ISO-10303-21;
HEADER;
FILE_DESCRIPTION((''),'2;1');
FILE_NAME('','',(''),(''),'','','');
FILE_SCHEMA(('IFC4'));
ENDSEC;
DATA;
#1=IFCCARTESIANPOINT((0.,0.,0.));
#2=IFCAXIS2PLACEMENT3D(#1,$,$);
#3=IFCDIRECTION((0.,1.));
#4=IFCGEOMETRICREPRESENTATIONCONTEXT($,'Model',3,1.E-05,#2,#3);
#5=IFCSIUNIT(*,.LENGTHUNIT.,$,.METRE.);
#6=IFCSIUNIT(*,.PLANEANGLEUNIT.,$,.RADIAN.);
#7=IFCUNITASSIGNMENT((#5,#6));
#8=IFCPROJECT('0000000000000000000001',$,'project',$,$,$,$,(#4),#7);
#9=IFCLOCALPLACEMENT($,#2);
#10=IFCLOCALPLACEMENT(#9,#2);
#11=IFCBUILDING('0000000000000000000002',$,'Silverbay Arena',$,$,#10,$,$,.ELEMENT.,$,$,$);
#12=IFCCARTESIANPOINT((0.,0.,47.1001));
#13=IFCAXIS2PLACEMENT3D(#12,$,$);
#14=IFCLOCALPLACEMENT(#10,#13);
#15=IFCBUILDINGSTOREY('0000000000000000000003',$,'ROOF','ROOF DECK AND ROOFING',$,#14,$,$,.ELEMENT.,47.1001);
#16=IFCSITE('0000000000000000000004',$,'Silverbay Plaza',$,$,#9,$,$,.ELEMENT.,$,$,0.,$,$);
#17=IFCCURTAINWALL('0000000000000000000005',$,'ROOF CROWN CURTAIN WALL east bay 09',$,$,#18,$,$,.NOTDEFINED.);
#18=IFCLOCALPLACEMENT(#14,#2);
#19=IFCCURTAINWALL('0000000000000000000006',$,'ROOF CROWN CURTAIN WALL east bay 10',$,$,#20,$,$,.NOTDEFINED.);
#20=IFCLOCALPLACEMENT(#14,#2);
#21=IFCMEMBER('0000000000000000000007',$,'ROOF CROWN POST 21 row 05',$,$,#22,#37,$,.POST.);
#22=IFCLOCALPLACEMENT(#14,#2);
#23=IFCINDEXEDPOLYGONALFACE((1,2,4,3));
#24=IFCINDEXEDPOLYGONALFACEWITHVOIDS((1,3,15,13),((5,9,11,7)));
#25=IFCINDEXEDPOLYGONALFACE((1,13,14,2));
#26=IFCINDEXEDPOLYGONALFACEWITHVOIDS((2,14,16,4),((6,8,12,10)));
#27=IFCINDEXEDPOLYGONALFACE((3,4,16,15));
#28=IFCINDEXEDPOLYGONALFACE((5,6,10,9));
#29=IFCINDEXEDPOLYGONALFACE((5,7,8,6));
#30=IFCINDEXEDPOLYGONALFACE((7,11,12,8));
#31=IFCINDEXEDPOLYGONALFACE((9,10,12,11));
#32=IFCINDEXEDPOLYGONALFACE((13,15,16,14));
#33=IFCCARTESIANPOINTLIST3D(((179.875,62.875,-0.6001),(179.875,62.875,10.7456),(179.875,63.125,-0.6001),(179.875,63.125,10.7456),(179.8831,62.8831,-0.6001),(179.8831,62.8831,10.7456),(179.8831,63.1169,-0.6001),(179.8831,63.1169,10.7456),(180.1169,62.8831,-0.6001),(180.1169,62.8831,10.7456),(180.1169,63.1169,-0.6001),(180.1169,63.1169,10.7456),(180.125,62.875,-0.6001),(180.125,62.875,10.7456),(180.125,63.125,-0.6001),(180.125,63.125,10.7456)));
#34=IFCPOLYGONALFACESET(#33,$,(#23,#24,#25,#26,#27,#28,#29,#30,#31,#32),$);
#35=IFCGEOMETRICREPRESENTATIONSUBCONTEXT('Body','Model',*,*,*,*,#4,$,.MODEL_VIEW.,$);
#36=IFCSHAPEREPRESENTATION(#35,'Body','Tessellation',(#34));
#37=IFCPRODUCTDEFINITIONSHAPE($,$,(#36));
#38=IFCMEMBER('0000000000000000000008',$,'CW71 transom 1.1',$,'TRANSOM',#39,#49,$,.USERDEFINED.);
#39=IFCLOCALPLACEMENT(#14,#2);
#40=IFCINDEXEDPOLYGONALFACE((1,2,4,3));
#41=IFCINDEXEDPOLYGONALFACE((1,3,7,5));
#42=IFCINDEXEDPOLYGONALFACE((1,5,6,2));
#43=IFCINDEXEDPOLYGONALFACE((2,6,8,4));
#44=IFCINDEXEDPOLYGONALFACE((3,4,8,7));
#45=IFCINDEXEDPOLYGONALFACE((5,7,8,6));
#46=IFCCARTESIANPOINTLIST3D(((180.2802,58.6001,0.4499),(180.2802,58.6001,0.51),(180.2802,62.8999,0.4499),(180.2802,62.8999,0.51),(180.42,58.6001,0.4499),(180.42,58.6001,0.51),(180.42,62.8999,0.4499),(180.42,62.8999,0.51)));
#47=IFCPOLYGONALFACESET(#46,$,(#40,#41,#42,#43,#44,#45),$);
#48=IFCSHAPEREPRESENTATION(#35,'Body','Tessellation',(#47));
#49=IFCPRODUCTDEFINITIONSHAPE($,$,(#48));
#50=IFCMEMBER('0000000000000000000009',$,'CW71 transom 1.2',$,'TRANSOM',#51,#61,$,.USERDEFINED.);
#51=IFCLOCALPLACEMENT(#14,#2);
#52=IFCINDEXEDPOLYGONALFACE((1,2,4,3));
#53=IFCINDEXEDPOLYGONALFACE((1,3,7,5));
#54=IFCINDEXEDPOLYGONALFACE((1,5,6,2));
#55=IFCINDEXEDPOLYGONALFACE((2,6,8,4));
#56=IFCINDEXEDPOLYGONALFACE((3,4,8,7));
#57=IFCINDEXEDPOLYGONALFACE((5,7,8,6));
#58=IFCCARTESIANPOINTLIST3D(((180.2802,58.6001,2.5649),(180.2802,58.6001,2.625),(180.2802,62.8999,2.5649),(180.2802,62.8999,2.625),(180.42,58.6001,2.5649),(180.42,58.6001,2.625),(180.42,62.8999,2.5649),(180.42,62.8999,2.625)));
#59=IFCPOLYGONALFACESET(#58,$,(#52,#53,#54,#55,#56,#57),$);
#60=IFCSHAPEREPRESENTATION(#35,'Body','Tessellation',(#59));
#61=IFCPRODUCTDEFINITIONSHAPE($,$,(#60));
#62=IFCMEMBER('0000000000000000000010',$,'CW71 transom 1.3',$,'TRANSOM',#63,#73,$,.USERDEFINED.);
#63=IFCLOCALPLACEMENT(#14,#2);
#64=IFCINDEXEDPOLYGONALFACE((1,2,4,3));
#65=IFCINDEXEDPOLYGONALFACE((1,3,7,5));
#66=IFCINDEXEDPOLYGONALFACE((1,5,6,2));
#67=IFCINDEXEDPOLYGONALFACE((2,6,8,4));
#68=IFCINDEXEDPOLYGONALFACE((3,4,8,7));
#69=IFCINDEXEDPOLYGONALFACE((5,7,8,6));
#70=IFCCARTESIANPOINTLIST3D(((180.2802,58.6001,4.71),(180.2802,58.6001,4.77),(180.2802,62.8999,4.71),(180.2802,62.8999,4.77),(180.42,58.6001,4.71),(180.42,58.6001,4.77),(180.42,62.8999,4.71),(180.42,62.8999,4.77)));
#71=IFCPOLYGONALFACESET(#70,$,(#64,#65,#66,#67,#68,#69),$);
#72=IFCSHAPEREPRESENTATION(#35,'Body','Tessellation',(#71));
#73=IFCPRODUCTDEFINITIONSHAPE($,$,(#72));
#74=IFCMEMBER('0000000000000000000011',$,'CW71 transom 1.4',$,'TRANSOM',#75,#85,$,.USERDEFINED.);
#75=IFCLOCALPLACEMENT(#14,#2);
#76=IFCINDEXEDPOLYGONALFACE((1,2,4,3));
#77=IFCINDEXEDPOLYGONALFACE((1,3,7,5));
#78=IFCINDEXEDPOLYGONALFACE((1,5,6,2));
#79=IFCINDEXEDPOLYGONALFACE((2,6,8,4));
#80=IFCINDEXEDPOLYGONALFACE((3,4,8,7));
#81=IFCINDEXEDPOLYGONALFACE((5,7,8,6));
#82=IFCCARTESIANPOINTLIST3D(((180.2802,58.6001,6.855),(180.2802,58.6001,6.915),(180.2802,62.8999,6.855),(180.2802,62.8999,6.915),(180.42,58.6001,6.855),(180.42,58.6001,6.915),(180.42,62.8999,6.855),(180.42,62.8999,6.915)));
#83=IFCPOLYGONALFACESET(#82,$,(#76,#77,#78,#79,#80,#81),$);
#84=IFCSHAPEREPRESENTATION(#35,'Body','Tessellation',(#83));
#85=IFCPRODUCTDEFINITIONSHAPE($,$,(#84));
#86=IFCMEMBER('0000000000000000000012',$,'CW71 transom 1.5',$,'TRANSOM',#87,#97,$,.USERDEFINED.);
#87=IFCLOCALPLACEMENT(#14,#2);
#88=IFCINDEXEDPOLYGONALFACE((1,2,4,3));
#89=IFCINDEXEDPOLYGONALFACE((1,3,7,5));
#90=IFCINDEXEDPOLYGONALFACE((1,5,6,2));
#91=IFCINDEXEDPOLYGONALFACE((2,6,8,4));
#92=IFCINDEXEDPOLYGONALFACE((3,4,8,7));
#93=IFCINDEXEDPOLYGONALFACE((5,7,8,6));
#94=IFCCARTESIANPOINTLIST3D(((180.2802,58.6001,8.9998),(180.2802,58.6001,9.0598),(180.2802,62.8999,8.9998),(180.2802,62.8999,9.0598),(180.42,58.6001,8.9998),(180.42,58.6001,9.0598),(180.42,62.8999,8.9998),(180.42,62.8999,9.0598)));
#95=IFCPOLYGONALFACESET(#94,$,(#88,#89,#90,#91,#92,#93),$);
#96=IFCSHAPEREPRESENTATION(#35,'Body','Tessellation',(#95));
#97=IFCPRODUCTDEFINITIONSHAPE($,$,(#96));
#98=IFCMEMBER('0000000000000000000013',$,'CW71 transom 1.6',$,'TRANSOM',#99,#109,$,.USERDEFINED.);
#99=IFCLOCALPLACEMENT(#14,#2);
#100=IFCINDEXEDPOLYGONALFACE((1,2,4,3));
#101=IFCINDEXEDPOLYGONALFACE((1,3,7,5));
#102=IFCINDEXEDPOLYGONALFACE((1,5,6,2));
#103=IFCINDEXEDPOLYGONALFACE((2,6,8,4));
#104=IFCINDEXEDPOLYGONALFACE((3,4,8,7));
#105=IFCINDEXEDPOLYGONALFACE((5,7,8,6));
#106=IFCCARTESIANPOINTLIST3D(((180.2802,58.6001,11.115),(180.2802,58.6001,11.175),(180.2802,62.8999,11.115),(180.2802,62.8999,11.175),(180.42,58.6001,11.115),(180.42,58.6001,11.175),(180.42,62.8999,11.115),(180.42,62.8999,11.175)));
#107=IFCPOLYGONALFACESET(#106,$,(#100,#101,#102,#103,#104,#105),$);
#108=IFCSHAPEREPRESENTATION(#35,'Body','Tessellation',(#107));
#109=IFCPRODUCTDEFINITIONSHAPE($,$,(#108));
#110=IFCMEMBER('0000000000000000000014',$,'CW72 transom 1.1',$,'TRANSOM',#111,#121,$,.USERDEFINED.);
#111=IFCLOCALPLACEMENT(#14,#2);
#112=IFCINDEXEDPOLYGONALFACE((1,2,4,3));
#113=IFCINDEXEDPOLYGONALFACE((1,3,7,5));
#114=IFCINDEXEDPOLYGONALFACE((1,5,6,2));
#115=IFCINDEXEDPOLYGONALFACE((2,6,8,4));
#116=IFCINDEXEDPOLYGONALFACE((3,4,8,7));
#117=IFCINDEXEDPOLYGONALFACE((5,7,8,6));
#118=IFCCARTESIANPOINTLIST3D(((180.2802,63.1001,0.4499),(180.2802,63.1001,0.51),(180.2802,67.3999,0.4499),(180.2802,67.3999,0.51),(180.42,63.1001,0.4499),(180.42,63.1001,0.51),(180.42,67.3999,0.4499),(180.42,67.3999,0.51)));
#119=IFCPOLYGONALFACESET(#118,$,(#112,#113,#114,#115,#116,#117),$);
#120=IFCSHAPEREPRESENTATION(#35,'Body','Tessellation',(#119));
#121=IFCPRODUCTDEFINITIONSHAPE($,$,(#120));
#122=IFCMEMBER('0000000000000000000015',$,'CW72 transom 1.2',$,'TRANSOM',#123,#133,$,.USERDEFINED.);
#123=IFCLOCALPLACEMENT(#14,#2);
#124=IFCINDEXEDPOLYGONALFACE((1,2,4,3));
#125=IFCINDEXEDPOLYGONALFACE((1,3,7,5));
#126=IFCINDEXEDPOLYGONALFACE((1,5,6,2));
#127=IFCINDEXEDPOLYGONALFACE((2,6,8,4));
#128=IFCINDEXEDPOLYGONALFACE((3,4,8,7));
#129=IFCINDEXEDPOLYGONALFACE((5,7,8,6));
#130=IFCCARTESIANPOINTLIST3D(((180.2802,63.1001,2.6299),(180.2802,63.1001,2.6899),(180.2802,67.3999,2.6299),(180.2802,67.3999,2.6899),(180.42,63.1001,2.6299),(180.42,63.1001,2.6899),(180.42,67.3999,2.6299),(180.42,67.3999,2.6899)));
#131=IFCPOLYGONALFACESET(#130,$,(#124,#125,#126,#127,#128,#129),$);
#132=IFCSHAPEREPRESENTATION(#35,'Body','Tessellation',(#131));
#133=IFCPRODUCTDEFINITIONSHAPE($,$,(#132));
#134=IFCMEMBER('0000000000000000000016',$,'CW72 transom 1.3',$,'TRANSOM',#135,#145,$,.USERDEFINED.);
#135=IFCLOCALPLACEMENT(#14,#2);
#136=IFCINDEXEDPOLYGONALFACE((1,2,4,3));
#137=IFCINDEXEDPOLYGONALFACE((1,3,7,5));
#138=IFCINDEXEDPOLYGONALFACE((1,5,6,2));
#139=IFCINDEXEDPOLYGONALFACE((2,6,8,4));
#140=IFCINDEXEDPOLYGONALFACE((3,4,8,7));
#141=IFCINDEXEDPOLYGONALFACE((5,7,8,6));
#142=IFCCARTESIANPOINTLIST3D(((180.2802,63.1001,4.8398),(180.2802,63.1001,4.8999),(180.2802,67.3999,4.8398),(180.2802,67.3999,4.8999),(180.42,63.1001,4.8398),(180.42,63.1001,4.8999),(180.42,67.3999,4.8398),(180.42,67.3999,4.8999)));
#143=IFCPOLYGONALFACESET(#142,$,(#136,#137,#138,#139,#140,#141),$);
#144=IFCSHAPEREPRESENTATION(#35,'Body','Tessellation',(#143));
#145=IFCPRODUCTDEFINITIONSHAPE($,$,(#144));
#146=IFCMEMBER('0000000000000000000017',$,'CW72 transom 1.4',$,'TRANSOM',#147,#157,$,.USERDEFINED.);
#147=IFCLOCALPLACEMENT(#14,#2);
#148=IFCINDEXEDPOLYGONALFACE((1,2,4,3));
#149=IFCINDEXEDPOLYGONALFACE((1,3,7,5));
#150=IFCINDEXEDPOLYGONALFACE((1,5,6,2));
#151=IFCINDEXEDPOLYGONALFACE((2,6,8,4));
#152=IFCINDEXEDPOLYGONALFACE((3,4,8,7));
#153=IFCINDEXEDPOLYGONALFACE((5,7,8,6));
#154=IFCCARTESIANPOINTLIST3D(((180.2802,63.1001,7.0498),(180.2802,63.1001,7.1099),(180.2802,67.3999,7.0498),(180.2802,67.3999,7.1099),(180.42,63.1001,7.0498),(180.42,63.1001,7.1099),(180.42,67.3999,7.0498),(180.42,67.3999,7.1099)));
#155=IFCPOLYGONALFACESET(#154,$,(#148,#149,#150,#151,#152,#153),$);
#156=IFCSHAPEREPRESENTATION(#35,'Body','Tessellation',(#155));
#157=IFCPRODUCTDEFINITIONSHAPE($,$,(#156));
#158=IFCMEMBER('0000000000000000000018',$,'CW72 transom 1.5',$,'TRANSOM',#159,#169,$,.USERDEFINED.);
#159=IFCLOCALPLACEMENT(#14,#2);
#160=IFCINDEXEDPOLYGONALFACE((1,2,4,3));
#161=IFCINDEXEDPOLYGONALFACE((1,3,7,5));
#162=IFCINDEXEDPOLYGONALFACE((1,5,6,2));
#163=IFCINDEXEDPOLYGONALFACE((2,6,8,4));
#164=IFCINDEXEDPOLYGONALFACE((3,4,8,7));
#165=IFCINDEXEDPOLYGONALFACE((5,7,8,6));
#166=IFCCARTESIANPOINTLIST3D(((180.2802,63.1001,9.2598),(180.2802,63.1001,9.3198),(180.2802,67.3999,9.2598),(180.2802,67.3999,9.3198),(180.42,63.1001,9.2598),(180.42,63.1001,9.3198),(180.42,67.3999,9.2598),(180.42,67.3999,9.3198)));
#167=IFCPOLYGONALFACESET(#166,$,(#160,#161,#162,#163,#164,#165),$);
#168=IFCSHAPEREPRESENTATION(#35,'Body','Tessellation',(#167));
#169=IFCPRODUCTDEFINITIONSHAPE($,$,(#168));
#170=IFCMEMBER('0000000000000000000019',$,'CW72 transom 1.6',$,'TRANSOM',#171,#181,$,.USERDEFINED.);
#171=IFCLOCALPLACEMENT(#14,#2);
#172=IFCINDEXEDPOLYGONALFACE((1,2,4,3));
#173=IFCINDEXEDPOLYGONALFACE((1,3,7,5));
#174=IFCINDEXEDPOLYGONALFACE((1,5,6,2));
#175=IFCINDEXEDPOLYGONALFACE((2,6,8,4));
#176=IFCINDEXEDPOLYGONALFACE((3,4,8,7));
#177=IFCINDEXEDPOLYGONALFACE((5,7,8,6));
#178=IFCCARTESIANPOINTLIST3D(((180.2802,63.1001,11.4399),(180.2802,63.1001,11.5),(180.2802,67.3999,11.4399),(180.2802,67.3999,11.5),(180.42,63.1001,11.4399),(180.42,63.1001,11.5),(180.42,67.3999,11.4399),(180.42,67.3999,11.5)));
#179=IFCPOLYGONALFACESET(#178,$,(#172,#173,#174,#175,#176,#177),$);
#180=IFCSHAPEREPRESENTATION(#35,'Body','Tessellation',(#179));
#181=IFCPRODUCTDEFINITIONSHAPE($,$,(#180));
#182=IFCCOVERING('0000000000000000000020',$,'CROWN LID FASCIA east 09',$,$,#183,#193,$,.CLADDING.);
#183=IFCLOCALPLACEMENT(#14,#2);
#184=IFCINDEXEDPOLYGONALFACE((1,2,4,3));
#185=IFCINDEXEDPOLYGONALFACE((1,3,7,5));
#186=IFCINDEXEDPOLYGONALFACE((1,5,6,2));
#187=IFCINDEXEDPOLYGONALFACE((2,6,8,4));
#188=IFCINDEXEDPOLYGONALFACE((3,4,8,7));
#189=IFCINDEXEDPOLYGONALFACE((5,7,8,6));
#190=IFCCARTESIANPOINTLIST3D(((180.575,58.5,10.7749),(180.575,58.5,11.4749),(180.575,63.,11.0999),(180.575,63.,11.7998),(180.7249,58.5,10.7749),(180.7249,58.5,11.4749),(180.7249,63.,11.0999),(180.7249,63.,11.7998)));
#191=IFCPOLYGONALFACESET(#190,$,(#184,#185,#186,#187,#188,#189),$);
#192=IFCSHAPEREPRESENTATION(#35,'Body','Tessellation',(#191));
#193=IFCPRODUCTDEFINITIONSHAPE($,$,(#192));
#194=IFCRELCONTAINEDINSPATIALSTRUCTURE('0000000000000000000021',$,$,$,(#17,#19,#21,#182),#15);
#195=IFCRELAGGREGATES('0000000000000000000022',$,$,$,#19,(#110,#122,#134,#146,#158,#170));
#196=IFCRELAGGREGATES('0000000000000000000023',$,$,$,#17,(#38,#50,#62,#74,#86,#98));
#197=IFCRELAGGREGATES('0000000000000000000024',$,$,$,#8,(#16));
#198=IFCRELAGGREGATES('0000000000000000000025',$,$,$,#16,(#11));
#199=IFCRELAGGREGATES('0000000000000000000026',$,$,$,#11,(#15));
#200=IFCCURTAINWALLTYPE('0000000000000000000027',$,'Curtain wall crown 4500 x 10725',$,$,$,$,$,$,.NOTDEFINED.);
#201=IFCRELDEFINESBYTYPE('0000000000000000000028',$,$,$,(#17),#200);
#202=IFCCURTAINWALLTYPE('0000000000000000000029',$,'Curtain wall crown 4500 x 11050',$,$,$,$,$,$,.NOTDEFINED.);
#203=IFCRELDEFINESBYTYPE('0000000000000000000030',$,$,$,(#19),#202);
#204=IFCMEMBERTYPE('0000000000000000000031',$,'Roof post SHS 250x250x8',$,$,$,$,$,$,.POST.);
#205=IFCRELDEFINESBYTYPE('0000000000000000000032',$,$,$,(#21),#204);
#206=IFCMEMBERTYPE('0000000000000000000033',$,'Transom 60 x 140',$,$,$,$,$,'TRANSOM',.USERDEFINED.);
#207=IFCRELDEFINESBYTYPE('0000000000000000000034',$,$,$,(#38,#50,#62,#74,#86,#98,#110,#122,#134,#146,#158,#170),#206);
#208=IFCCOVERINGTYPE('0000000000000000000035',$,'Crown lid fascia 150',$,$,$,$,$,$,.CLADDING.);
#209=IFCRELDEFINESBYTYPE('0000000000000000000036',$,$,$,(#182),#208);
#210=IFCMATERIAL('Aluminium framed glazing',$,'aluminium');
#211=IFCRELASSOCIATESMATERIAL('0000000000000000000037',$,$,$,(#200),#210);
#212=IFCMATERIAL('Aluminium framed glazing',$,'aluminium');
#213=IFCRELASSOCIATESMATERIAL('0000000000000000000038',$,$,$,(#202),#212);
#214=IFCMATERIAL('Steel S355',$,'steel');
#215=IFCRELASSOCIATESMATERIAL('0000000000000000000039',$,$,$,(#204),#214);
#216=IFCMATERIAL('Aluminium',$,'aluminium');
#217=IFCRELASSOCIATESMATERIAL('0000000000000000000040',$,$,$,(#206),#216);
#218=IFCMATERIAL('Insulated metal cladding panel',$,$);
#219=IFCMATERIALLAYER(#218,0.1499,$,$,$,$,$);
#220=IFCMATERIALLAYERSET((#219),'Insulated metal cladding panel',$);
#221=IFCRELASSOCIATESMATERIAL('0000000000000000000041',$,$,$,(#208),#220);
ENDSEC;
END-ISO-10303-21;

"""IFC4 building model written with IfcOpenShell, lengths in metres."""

from ifc_helpers import new_model, si_unit, direction, frame, origin, origin_2d, place, context, subcontext, project, spatial, polyline, rectangle, hollow_rectangle, outline, extrude, material, layer, layer_set, material_profile, profile_set, type_object, element, aggregate, save


model = new_model("IFC4")

# Units and contexts
model_context = context("Model", 3, precision=1e-05, world=origin(), true_north=direction((0.0, 1.0)))
body_context = subcontext(model_context, "Body", "Model", "MODEL_VIEW")
ifc_project = project(units=[si_unit("LENGTHUNIT", "METRE"), si_unit("PLANEANGLEUNIT", "RADIAN")], contexts=[model_context])

# Site, building, storey
site_placement = place(None, origin())
site = spatial("IfcSite", under=ifc_project, at=site_placement, Name="Silverbay Plaza", CompositionType="ELEMENT", RefElevation=0.0)
building_placement = place(site_placement, origin())
building = spatial("IfcBuilding", under=site, at=building_placement, Name="Silverbay Arena", CompositionType="ELEMENT")
storey_placement = place(building_placement, frame((0.0, 0.0, 47.1001)))
storey = spatial("IfcBuildingStorey", under=building, at=storey_placement, Name="ROOF", Description="ROOF DECK AND ROOFING", CompositionType="ELEMENT", Elevation=47.1001)

# Shared definitions
placement = place(building_placement, frame((0.0, 0.0, 33.5)))

# Curtain wall
ifc_material_1 = material(Name="Aluminium framed glazing", Category="aluminium")
curtain_wall_type_1 = type_object("IfcCurtainWallType", Name="Curtain wall crown 4500 x 10725", PredefinedType="NOTDEFINED", material=ifc_material_1)
curtain_wall_1_placement = place(storey_placement, origin())
curtain_wall_1 = element("IfcCurtainWall", 1, at=curtain_wall_1_placement, inside=storey, type_object=curtain_wall_type_1, Name="ROOF CROWN CURTAIN WALL east bay 09", PredefinedType="NOTDEFINED")

# Curtain wall
ifc_material_2 = material(Name="Aluminium framed glazing", Category="aluminium")
curtain_wall_type_2 = type_object("IfcCurtainWallType", Name="Curtain wall crown 4500 x 11050", PredefinedType="NOTDEFINED", material=ifc_material_2)
curtain_wall_2_placement = place(storey_placement, origin())
curtain_wall_2 = element("IfcCurtainWall", 2, at=curtain_wall_2_placement, inside=storey, type_object=curtain_wall_type_2, Name="ROOF CROWN CURTAIN WALL east bay 10", PredefinedType="NOTDEFINED")

# Member
ifc_material_3 = material(Name="Steel S355", Category="steel")
ifc_material_profile_1 = material_profile(ifc_material_3, hollow_rectangle(XDim=0.25, YDim=0.25, WallThickness=0.0081, at=origin_2d()), Name="SHS 250x250x8")
ifc_profile_set_1 = profile_set([ifc_material_profile_1], Name="Steel S355")
member_type_1 = type_object("IfcMemberType", Name="Roof post SHS 250x250x8", PredefinedType="POST", material=ifc_profile_set_1)
member_1_placement = place(storey_placement, frame((180.0, 63.0, -0.6001), z_axis=(0.0, 0.0, 1.0), x_axis=(1.0, 0.0, 0.0)))
element("IfcMember", 3, at=member_1_placement, inside=storey, type_object=member_type_1, Name="ROOF CROWN POST 21 row 05", PredefinedType="POST", context=body_context, shape_type="SweptSolid", body=[
    extrude(hollow_rectangle(XDim=0.25, YDim=0.25, WallThickness=0.0081, at=origin_2d()), origin(), (0.0, 0.0, 1.0), 11.3457),
])

# Members
ifc_material_4 = material(Name="Aluminium", Category="aluminium")
ifc_material_profile_2 = material_profile(ifc_material_4, rectangle(XDim=0.1399, YDim=0.0601, at=origin_2d()), Name="Transom 60 x 140")
ifc_profile_set_2 = profile_set([ifc_material_profile_2], Name="Aluminium")
member_type_2 = type_object("IfcMemberType", Name="Transom 60 x 140", ElementType="TRANSOM", PredefinedType="USERDEFINED", material=ifc_profile_set_2)
member_2_placement = place(placement, frame((180.3501, 58.6001, 14.0801), z_axis=(0.0, 1.0, 0.0), x_axis=(-1.0, 0.0, 0.0)))
member_2 = element("IfcMember", 4, at=member_2_placement, type_object=member_type_2, Name="CW71 transom 1.1", ObjectType="TRANSOM", PredefinedType="USERDEFINED", context=body_context, shape_type="SweptSolid", body=[
    extrude(rectangle(XDim=0.1399, YDim=0.0601, at=origin_2d()), origin(), (0.0, 0.0, 1.0), 4.2998),
])
member_3_placement = place(placement, frame((180.3501, 58.6001, 16.1951), z_axis=(0.0, 1.0, 0.0), x_axis=(-1.0, 0.0, 0.0)))
member_3 = element("IfcMember", 5, at=member_3_placement, type_object=member_type_2, Name="CW71 transom 1.2", ObjectType="TRANSOM", PredefinedType="USERDEFINED", context=body_context, shape_type="SweptSolid", body=[
    extrude(rectangle(XDim=0.1399, YDim=0.0601, at=origin_2d()), origin(), (0.0, 0.0, 1.0), 4.2998),
])
member_4_placement = place(placement, frame((180.3501, 58.6001, 18.3401), z_axis=(0.0, 1.0, 0.0), x_axis=(-1.0, 0.0, 0.0)))
member_4 = element("IfcMember", 6, at=member_4_placement, type_object=member_type_2, Name="CW71 transom 1.3", ObjectType="TRANSOM", PredefinedType="USERDEFINED", context=body_context, shape_type="SweptSolid", body=[
    extrude(rectangle(XDim=0.1399, YDim=0.0601, at=origin_2d()), origin(), (0.0, 0.0, 1.0), 4.2998),
])
member_5_placement = place(placement, frame((180.3501, 58.6001, 20.4851), z_axis=(0.0, 1.0, 0.0), x_axis=(-1.0, 0.0, 0.0)))
member_5 = element("IfcMember", 7, at=member_5_placement, type_object=member_type_2, Name="CW71 transom 1.4", ObjectType="TRANSOM", PredefinedType="USERDEFINED", context=body_context, shape_type="SweptSolid", body=[
    extrude(rectangle(XDim=0.1399, YDim=0.0601, at=origin_2d()), origin(), (0.0, 0.0, 1.0), 4.2998),
])
member_6_placement = place(placement, frame((180.3501, 58.6001, 22.6299), z_axis=(0.0, 1.0, 0.0), x_axis=(-1.0, 0.0, 0.0)))
member_6 = element("IfcMember", 8, at=member_6_placement, type_object=member_type_2, Name="CW71 transom 1.5", ObjectType="TRANSOM", PredefinedType="USERDEFINED", context=body_context, shape_type="SweptSolid", body=[
    extrude(rectangle(XDim=0.1399, YDim=0.0601, at=origin_2d()), origin(), (0.0, 0.0, 1.0), 4.2998),
])
member_7_placement = place(placement, frame((180.3501, 58.6001, 24.7451), z_axis=(0.0, 1.0, 0.0), x_axis=(-1.0, 0.0, 0.0)))
member_7 = element("IfcMember", 9, at=member_7_placement, type_object=member_type_2, Name="CW71 transom 1.6", ObjectType="TRANSOM", PredefinedType="USERDEFINED", context=body_context, shape_type="SweptSolid", body=[
    extrude(rectangle(XDim=0.1399, YDim=0.0601, at=origin_2d()), origin(), (0.0, 0.0, 1.0), 4.2998),
])
member_8_placement = place(placement, frame((180.3501, 63.1001, 14.0801), z_axis=(0.0, 1.0, 0.0), x_axis=(-1.0, 0.0, 0.0)))
member_8 = element("IfcMember", 10, at=member_8_placement, type_object=member_type_2, Name="CW72 transom 1.1", ObjectType="TRANSOM", PredefinedType="USERDEFINED", context=body_context, shape_type="SweptSolid", body=[
    extrude(rectangle(XDim=0.1399, YDim=0.0601, at=origin_2d()), origin(), (0.0, 0.0, 1.0), 4.2998),
])
member_9_placement = place(placement, frame((180.3501, 63.1001, 16.26), z_axis=(0.0, 1.0, 0.0), x_axis=(-1.0, 0.0, 0.0)))
member_9 = element("IfcMember", 11, at=member_9_placement, type_object=member_type_2, Name="CW72 transom 1.2", ObjectType="TRANSOM", PredefinedType="USERDEFINED", context=body_context, shape_type="SweptSolid", body=[
    extrude(rectangle(XDim=0.1399, YDim=0.0601, at=origin_2d()), origin(), (0.0, 0.0, 1.0), 4.2998),
])
member_10_placement = place(placement, frame((180.3501, 63.1001, 18.47), z_axis=(0.0, 1.0, 0.0), x_axis=(-1.0, 0.0, 0.0)))
member_10 = element("IfcMember", 12, at=member_10_placement, type_object=member_type_2, Name="CW72 transom 1.3", ObjectType="TRANSOM", PredefinedType="USERDEFINED", context=body_context, shape_type="SweptSolid", body=[
    extrude(rectangle(XDim=0.1399, YDim=0.0601, at=origin_2d()), origin(), (0.0, 0.0, 1.0), 4.2998),
])
member_11_placement = place(placement, frame((180.3501, 63.1001, 20.6799), z_axis=(0.0, 1.0, 0.0), x_axis=(-1.0, 0.0, 0.0)))
member_11 = element("IfcMember", 13, at=member_11_placement, type_object=member_type_2, Name="CW72 transom 1.4", ObjectType="TRANSOM", PredefinedType="USERDEFINED", context=body_context, shape_type="SweptSolid", body=[
    extrude(rectangle(XDim=0.1399, YDim=0.0601, at=origin_2d()), origin(), (0.0, 0.0, 1.0), 4.2998),
])
member_12_placement = place(placement, frame((180.3501, 63.1001, 22.8899), z_axis=(0.0, 1.0, 0.0), x_axis=(-1.0, 0.0, 0.0)))
member_12 = element("IfcMember", 14, at=member_12_placement, type_object=member_type_2, Name="CW72 transom 1.5", ObjectType="TRANSOM", PredefinedType="USERDEFINED", context=body_context, shape_type="SweptSolid", body=[
    extrude(rectangle(XDim=0.1399, YDim=0.0601, at=origin_2d()), origin(), (0.0, 0.0, 1.0), 4.2998),
])
member_13_placement = place(placement, frame((180.3501, 63.1001, 25.0701), z_axis=(0.0, 1.0, 0.0), x_axis=(-1.0, 0.0, 0.0)))
member_13 = element("IfcMember", 15, at=member_13_placement, type_object=member_type_2, Name="CW72 transom 1.6", ObjectType="TRANSOM", PredefinedType="USERDEFINED", context=body_context, shape_type="SweptSolid", body=[
    extrude(rectangle(XDim=0.1399, YDim=0.0601, at=origin_2d()), origin(), (0.0, 0.0, 1.0), 4.2998),
])
aggregate(curtain_wall_2, [member_8, member_9, member_10, member_11, member_12, member_13])

aggregate(curtain_wall_1, [member_2, member_3, member_4, member_5, member_6, member_7])

# Covering
ifc_material_5 = material(Name="Insulated metal cladding panel")
ifc_layer_1 = layer(ifc_material_5, 0.1499)
ifc_layer_set_1 = layer_set([ifc_layer_1], Name="Insulated metal cladding panel")
covering_type = type_object("IfcCoveringType", Name="Crown lid fascia 150", PredefinedType="CLADDING", material=ifc_layer_set_1)
covering_1_placement = place(storey_placement, frame((180.575, 58.5, 11.4749), z_axis=(-1.0, 0.0, 0.0), x_axis=(0.0, 0.997403, 0.072024)))
element("IfcCovering", 16, at=covering_1_placement, inside=storey, type_object=covering_type, Name="CROWN LID FASCIA east 09", PredefinedType="CLADDING", context=body_context, shape_type="SweptSolid", body=[
    extrude(outline(polyline([(0.0, 0.0), (4.5117, 0.0), (4.4613, 0.6981), (-0.0504, 0.6981), (0.0, 0.0)])), origin(), (0.0, 0.0, -1.0), 0.1499),
])

save(model, "model.ifc")
